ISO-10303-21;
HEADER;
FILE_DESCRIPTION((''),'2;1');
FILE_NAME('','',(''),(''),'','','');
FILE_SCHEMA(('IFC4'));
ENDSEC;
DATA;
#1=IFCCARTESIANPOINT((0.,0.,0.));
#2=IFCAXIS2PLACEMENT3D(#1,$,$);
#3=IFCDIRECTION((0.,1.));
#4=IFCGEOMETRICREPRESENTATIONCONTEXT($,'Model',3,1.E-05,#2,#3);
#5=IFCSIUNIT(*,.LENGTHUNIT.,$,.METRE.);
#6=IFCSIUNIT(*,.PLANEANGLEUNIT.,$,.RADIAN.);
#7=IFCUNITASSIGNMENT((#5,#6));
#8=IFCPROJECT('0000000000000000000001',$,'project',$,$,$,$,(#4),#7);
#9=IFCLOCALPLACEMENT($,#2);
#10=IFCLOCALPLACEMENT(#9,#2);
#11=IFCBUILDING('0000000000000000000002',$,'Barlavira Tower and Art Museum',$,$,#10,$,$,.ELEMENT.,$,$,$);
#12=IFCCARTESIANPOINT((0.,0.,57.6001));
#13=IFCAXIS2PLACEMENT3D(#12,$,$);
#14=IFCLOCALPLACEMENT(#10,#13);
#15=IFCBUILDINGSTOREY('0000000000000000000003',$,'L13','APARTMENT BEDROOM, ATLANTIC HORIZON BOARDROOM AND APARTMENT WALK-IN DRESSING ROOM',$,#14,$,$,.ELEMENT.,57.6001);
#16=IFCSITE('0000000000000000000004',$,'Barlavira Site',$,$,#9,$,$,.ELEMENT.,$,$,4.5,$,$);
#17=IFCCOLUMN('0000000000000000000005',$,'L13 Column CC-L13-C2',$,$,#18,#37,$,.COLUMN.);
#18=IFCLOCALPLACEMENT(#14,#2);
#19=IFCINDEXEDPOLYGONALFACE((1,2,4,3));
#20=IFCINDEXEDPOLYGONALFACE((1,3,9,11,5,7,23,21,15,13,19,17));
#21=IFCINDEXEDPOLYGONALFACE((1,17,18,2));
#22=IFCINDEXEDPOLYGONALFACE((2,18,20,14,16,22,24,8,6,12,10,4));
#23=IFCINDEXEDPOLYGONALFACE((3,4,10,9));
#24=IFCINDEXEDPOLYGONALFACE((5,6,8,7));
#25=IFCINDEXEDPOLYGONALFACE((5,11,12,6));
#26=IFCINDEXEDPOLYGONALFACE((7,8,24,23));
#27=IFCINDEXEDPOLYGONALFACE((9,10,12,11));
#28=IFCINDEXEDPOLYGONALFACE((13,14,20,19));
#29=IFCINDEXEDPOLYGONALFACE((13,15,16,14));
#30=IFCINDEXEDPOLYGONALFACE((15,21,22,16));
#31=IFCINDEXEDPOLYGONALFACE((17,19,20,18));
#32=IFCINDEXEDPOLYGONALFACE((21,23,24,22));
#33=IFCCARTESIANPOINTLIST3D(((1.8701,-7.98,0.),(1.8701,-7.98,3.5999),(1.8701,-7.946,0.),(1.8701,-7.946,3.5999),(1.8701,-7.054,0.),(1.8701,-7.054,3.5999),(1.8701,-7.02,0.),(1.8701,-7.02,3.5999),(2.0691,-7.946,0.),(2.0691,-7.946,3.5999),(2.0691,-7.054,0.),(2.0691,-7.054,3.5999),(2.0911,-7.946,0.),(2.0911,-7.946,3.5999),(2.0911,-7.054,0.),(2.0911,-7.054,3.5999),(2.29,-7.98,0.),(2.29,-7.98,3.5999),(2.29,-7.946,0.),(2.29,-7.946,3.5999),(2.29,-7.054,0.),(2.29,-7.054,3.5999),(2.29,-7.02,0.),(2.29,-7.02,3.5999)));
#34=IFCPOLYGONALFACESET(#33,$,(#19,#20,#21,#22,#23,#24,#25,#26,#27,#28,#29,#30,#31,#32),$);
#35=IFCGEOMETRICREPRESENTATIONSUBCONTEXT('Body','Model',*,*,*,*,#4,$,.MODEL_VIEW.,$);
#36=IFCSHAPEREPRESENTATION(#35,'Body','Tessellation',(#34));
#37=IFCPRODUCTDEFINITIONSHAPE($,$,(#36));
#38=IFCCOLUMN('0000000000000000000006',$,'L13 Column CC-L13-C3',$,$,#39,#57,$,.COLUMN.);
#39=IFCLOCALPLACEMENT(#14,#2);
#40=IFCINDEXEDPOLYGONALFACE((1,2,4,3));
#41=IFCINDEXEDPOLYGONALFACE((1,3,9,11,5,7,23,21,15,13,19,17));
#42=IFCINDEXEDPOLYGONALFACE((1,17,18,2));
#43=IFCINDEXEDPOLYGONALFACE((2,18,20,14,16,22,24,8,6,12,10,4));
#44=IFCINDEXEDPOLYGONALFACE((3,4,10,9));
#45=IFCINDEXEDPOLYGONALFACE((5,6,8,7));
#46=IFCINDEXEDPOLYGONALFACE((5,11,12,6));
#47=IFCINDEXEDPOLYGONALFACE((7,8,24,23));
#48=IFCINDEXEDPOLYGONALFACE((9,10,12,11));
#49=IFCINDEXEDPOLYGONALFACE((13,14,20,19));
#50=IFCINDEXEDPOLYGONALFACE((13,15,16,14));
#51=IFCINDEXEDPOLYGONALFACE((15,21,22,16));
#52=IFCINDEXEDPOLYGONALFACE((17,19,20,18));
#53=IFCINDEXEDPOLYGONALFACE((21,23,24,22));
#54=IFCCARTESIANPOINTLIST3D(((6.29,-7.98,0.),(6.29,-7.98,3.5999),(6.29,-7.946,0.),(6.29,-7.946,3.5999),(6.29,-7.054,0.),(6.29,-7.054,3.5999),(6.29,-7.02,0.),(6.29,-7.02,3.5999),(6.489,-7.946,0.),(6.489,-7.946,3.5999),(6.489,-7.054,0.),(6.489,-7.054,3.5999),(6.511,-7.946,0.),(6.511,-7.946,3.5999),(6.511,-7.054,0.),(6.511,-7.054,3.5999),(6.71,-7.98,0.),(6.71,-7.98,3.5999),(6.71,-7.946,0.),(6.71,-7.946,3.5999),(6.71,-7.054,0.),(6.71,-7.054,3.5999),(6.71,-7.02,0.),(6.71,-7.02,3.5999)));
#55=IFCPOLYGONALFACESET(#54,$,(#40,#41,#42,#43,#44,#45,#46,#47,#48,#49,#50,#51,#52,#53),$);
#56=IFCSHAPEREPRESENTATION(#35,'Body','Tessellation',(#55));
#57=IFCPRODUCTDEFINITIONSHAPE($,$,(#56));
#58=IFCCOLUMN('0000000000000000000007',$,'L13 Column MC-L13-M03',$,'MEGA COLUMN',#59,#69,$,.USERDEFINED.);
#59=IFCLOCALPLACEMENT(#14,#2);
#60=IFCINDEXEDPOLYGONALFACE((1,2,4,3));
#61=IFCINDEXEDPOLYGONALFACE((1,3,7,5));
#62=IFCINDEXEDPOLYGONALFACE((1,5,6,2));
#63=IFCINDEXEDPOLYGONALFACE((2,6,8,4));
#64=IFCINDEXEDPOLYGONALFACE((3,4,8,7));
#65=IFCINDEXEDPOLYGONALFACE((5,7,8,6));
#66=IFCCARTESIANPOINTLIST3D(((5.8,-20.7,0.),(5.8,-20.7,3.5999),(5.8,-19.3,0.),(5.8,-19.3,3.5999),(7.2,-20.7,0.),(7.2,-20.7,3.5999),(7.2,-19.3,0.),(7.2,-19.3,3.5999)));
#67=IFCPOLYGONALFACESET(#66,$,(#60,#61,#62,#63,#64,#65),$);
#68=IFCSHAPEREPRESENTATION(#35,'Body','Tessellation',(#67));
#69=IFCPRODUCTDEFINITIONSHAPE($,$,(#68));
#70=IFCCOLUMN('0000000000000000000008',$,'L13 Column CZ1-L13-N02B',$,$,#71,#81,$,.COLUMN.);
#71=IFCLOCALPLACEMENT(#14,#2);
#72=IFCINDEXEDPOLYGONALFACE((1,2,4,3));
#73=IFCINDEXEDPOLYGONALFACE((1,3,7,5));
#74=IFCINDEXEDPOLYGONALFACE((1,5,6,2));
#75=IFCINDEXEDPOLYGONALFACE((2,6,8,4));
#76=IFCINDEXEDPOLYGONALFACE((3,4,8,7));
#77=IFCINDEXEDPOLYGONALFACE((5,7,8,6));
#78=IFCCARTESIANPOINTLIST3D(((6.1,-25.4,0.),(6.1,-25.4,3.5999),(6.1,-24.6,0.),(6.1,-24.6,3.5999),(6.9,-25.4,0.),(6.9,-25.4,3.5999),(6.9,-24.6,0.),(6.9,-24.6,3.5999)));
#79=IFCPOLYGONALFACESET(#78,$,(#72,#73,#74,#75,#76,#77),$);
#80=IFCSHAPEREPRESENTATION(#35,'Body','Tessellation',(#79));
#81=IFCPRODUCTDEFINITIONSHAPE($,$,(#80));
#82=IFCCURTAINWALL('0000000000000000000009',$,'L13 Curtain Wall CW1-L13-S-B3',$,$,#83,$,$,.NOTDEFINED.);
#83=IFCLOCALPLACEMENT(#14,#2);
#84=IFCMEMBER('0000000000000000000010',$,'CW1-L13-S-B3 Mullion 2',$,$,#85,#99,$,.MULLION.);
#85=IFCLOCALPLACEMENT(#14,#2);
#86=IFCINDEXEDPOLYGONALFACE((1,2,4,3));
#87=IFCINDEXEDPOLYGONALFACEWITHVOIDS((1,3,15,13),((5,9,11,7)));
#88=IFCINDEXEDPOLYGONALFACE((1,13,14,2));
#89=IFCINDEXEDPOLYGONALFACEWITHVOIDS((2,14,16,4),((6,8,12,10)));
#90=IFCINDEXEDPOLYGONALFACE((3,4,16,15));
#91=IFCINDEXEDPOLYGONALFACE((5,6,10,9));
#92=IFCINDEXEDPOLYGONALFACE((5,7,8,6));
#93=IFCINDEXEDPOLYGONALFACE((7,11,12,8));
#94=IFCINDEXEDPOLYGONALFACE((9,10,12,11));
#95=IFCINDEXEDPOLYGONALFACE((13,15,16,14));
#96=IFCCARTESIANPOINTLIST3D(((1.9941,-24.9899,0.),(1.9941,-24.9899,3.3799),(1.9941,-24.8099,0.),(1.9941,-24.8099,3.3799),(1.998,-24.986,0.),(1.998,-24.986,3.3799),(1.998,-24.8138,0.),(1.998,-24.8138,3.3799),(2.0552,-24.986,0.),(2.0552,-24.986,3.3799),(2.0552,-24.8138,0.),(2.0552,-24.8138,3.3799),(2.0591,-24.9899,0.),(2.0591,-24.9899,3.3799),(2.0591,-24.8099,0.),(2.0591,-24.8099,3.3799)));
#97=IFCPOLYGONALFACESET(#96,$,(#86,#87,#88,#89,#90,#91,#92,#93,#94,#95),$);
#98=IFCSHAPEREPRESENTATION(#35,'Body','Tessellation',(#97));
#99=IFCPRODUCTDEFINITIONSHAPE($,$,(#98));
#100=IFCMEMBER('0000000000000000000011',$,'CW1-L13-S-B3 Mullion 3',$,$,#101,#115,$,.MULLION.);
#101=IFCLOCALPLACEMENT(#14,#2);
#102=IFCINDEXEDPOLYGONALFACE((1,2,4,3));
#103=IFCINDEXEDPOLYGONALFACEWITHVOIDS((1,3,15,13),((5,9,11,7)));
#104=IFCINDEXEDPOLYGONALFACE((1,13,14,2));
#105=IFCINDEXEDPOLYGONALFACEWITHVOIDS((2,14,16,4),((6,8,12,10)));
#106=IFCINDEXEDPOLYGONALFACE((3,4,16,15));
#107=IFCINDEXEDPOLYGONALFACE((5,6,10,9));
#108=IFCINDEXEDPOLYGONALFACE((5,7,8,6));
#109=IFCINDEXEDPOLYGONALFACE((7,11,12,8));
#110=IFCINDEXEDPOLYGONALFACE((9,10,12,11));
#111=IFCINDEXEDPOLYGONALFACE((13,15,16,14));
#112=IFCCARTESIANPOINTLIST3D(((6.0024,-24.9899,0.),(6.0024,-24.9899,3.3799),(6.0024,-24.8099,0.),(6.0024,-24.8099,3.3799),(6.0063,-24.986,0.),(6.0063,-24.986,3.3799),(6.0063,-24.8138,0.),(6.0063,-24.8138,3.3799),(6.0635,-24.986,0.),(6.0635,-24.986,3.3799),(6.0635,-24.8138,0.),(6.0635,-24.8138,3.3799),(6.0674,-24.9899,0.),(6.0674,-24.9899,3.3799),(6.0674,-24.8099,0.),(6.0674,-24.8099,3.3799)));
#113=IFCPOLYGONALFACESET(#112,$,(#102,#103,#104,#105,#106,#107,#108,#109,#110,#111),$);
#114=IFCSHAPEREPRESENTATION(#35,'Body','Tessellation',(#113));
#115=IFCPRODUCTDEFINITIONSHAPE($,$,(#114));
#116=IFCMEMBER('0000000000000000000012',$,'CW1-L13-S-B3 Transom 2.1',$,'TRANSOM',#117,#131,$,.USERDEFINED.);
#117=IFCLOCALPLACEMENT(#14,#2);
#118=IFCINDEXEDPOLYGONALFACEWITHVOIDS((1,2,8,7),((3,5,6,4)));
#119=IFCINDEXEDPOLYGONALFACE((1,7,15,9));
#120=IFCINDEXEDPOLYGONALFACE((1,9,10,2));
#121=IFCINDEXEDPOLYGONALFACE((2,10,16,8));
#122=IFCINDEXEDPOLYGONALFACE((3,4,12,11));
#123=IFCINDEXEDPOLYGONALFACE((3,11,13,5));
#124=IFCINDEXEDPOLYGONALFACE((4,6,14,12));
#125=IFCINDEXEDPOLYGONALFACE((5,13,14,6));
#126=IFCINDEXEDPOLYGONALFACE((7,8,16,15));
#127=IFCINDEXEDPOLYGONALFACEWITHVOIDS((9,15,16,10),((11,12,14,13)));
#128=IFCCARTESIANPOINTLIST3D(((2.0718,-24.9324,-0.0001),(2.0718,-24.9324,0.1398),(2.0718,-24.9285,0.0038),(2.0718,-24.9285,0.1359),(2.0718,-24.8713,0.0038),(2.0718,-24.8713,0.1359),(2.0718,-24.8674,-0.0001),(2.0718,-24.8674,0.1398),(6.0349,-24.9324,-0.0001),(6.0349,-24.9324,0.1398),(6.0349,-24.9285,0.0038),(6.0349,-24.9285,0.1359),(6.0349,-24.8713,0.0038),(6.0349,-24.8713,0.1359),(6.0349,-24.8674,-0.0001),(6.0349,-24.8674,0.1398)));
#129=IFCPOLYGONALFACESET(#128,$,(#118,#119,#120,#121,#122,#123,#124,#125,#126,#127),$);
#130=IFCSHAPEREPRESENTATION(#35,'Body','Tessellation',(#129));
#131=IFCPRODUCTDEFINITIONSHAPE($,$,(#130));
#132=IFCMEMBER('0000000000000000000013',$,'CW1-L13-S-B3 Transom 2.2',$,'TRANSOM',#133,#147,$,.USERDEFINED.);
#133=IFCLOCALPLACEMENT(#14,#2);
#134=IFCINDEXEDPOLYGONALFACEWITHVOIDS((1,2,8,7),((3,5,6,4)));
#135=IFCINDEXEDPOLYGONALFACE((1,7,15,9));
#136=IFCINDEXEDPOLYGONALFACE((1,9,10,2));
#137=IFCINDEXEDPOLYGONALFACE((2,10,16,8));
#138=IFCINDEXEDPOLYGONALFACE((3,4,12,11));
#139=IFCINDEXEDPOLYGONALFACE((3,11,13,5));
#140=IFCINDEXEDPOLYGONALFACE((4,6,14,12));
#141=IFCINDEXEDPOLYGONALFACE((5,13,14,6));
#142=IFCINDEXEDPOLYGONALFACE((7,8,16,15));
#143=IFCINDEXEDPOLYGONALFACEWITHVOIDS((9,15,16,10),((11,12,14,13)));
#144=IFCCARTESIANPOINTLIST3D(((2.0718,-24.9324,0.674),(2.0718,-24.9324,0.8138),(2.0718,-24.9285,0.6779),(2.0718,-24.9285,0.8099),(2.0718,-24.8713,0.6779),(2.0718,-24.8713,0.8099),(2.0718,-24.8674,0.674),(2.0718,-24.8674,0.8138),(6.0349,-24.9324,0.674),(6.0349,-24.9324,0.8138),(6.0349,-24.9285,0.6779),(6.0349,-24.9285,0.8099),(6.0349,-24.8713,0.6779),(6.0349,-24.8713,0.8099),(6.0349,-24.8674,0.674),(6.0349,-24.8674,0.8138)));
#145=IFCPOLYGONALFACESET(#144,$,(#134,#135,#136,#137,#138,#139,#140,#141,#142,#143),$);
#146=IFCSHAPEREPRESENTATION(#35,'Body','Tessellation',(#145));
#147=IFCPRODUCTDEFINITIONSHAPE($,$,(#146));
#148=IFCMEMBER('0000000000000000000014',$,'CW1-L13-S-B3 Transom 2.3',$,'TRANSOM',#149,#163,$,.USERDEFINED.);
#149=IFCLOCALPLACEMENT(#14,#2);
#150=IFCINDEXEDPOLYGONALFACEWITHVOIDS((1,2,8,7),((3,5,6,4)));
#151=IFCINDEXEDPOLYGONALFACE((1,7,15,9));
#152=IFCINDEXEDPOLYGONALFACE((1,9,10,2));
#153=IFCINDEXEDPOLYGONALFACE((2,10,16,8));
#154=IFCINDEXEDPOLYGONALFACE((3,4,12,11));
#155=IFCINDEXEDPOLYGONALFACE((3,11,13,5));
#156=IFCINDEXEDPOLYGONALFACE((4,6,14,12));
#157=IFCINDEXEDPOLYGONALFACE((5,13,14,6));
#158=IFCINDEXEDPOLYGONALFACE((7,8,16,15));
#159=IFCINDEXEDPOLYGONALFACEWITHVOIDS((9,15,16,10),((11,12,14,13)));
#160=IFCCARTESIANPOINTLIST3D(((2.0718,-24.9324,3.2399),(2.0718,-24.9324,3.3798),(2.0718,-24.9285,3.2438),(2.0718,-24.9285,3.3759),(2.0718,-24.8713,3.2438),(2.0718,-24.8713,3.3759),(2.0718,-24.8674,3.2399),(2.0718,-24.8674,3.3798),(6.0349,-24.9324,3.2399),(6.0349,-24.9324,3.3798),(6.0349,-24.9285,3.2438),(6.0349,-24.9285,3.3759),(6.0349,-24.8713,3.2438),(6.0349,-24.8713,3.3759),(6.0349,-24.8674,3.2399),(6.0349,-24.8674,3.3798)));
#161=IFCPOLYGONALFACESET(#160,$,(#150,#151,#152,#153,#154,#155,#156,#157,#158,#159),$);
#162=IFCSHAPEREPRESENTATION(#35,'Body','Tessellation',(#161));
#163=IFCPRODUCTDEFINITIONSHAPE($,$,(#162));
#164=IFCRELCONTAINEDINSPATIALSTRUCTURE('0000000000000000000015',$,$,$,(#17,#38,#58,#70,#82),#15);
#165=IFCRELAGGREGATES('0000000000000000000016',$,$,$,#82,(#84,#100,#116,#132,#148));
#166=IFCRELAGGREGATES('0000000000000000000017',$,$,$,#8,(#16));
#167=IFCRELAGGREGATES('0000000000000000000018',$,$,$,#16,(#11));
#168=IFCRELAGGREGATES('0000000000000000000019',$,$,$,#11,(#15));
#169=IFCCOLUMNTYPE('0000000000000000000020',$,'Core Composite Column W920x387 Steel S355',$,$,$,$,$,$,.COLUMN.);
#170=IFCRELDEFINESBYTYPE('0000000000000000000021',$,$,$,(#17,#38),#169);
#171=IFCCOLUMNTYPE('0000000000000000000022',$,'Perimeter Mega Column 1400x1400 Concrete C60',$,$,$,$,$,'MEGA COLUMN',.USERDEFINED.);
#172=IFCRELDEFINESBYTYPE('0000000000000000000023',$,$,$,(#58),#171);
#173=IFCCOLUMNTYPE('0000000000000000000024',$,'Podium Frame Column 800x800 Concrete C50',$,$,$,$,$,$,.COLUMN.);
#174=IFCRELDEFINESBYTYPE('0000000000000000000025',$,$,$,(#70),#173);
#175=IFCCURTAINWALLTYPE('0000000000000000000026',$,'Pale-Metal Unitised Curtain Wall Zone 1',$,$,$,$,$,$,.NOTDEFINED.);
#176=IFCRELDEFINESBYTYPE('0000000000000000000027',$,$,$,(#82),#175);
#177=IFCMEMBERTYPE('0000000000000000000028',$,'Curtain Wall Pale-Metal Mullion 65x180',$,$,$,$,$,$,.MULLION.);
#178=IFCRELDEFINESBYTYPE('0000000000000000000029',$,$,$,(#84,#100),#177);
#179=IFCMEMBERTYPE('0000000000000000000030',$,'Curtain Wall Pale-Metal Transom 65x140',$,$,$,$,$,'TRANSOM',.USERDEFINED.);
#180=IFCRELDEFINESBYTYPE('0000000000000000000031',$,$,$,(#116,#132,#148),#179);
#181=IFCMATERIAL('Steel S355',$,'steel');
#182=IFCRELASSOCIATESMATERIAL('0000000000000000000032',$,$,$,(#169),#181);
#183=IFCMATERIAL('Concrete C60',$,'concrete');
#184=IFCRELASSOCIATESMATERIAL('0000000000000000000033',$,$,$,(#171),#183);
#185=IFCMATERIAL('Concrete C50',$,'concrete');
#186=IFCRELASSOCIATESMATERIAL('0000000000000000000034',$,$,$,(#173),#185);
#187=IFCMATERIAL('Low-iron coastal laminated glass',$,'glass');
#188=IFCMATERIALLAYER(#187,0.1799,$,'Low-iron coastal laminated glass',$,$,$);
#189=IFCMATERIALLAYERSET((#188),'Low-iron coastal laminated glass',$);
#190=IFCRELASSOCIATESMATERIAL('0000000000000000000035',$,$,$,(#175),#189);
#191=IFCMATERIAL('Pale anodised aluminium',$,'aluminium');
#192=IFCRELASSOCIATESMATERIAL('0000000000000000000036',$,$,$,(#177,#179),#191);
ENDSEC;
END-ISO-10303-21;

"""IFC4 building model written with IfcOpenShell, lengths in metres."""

from ifc_helpers import new_model, si_unit, direction, frame, origin, origin_2d, place, context, subcontext, project, spatial, rectangle, hollow_rectangle, i_section, extrude, material, layer, layer_set, material_profile, profile_set, type_object, element, aggregate, save


model = new_model("IFC4")

# Units and contexts
model_context = context("Model", 3, precision=1e-05, world=origin(), true_north=direction((0.0, 1.0)))
body_context = subcontext(model_context, "Body", "Model", "MODEL_VIEW")
ifc_project = project(units=[si_unit("LENGTHUNIT", "METRE"), si_unit("PLANEANGLEUNIT", "RADIAN")], contexts=[model_context])

# Site, building, storey
site_placement = place(None, origin())
site = spatial("IfcSite", under=ifc_project, at=site_placement, Name="Barlavira Site", CompositionType="ELEMENT", RefElevation=4.5)
building_placement = place(site_placement, origin())
building = spatial("IfcBuilding", under=site, at=building_placement, Name="Barlavira Tower and Art Museum", CompositionType="ELEMENT")
storey_placement = place(building_placement, frame((0.0, 0.0, 57.6001)))
storey = spatial("IfcBuildingStorey", under=building, at=storey_placement, Name="L13", Description="APARTMENT BEDROOM, ATLANTIC HORIZON BOARDROOM AND APARTMENT WALK-IN DRESSING ROOM", CompositionType="ELEMENT", Elevation=57.6001)

# Columns
ifc_material_1 = material(Name="Steel S355", Category="steel")
ifc_material_profile_1 = material_profile(ifc_material_1, i_section(OverallWidth=0.4199, OverallDepth=0.96, WebThickness=0.022, FlangeThickness=0.0339, at=origin_2d()), Name="W920x387.0")
ifc_profile_set_1 = profile_set([ifc_material_profile_1], Name="Steel S355")
column_type_1 = type_object("IfcColumnType", Name="Core Composite Column W920x387 Steel S355", PredefinedType="COLUMN", material=ifc_profile_set_1)
for number, where, z_axis, x_axis, name in (
    (1, (2.0801, -7.5, 0.0), (0.0, 0.0, 1.0), (1.0, 0.0, 0.0), "L13 Column CC-L13-C2"),
    (2, (6.5, -7.5, 0.0), (0.0, 0.0, 1.0), (1.0, 0.0, 0.0), "L13 Column CC-L13-C3"),
):
    element("IfcColumn", number, at=place(storey_placement, frame(where, z_axis=z_axis, x_axis=x_axis)), inside=storey, type_object=column_type_1, Name=name, PredefinedType="COLUMN", context=body_context, shape_type="SweptSolid", body=[
        extrude(i_section(OverallWidth=0.4199, OverallDepth=0.96, WebThickness=0.022, FlangeThickness=0.0339, at=origin_2d()), origin(), (0.0, 0.0, 1.0), 3.5999),
    ])
ifc_material_2 = material(Name="Concrete C60", Category="concrete")
ifc_material_profile_2 = material_profile(ifc_material_2, rectangle(XDim=1.3999, YDim=1.3999, at=origin_2d()), Name="RC-MCOL 1400x1400")
ifc_profile_set_2 = profile_set([ifc_material_profile_2], Name="Concrete C60")
column_type_2 = type_object("IfcColumnType", Name="Perimeter Mega Column 1400x1400 Concrete C60", ElementType="MEGA COLUMN", PredefinedType="USERDEFINED", material=ifc_profile_set_2)
column_1_placement = place(storey_placement, frame((6.5, -20.0, 0.0), z_axis=(0.0, 0.0, 1.0), x_axis=(1.0, 0.0, 0.0)))
element("IfcColumn", 3, at=column_1_placement, inside=storey, type_object=column_type_2, Name="L13 Column MC-L13-M03", ObjectType="MEGA COLUMN", PredefinedType="USERDEFINED", context=body_context, shape_type="SweptSolid", body=[
    extrude(rectangle(XDim=1.3999, YDim=1.3999, at=origin_2d()), origin(), (0.0, 0.0, 1.0), 3.5999),
])
ifc_material_3 = material(Name="Concrete C50", Category="concrete")
ifc_material_profile_3 = material_profile(ifc_material_3, rectangle(XDim=0.8, YDim=0.8, at=origin_2d()), Name="RC-COL 800x800")
ifc_profile_set_3 = profile_set([ifc_material_profile_3], Name="Concrete C50")
column_type_3 = type_object("IfcColumnType", Name="Podium Frame Column 800x800 Concrete C50", PredefinedType="COLUMN", material=ifc_profile_set_3)
column_2_placement = place(storey_placement, frame((6.5, -25.0, 0.0), z_axis=(0.0, 0.0, 1.0), x_axis=(1.0, 0.0, 0.0)))
element("IfcColumn", 4, at=column_2_placement, inside=storey, type_object=column_type_3, Name="L13 Column CZ1-L13-N02B", PredefinedType="COLUMN", context=body_context, shape_type="SweptSolid", body=[
    extrude(rectangle(XDim=0.8, YDim=0.8, at=origin_2d()), origin(), (0.0, 0.0, 1.0), 3.5999),
])

# Curtain wall, members
ifc_material_4 = material(Name="Low-iron coastal laminated glass", Category="glass")
ifc_layer_1 = layer(ifc_material_4, 0.1799, Name="Low-iron coastal laminated glass")
ifc_layer_set_1 = layer_set([ifc_layer_1], Name="Low-iron coastal laminated glass")
curtain_wall_type = type_object("IfcCurtainWallType", Name="Pale-Metal Unitised Curtain Wall Zone 1", PredefinedType="NOTDEFINED", material=ifc_layer_set_1)
curtain_wall_placement = place(storey_placement, origin())
curtain_wall = element("IfcCurtainWall", 5, at=curtain_wall_placement, inside=storey, type_object=curtain_wall_type, Name="L13 Curtain Wall CW1-L13-S-B3", PredefinedType="NOTDEFINED")
ifc_material_5 = material(Name="Pale anodised aluminium", Category="aluminium")
ifc_material_profile_4 = material_profile(ifc_material_5, hollow_rectangle(XDim=0.0649, YDim=0.1799, WallThickness=0.0039, at=origin_2d()), Name="ALU-MULL 65x180x4")
ifc_profile_set_4 = profile_set([ifc_material_profile_4], Name="Pale anodised aluminium")
member_type_1 = type_object("IfcMemberType", Name="Curtain Wall Pale-Metal Mullion 65x180", PredefinedType="MULLION", material=ifc_profile_set_4)
member_1_placement = place(storey_placement, frame((2.0266, -24.8999, 0.0), z_axis=(0.0, 0.0, 1.0), x_axis=(1.0, 0.0, 0.0)))
member_1 = element("IfcMember", 6, at=member_1_placement, type_object=member_type_1, Name="CW1-L13-S-B3 Mullion 2", PredefinedType="MULLION", context=body_context, shape_type="SweptSolid", body=[
    extrude(hollow_rectangle(XDim=0.0649, YDim=0.1799, WallThickness=0.0039, at=origin_2d()), origin(), (0.0, 0.0, 1.0), 3.3799),
])
member_2_placement = place(storey_placement, frame((6.0349, -24.8999, 0.0), z_axis=(0.0, 0.0, 1.0), x_axis=(1.0, 0.0, 0.0)))
member_2 = element("IfcMember", 7, at=member_2_placement, type_object=member_type_1, Name="CW1-L13-S-B3 Mullion 3", PredefinedType="MULLION", context=body_context, shape_type="SweptSolid", body=[
    extrude(hollow_rectangle(XDim=0.0649, YDim=0.1799, WallThickness=0.0039, at=origin_2d()), origin(), (0.0, 0.0, 1.0), 3.3799),
])
ifc_material_profile_5 = material_profile(ifc_material_5, hollow_rectangle(XDim=0.0649, YDim=0.1399, WallThickness=0.0039, at=origin_2d()), Name="ALU-TRAN 65x140x4")
ifc_profile_set_5 = profile_set([ifc_material_profile_5], Name="Pale anodised aluminium")
member_type_2 = type_object("IfcMemberType", Name="Curtain Wall Pale-Metal Transom 65x140", ElementType="TRANSOM", PredefinedType="USERDEFINED", material=ifc_profile_set_5)
member_3_placement = place(storey_placement, frame((2.0718, -24.8999, 0.0698), z_axis=(1.0, 0.0, 0.0), x_axis=(0.0, 1.0, 0.0)))
member_3 = element("IfcMember", 8, at=member_3_placement, type_object=member_type_2, Name="CW1-L13-S-B3 Transom 2.1", ObjectType="TRANSOM", PredefinedType="USERDEFINED", context=body_context, shape_type="SweptSolid", body=[
    extrude(hollow_rectangle(XDim=0.0649, YDim=0.1399, WallThickness=0.0039, at=origin_2d()), origin(), (0.0, 0.0, 1.0), 3.9631),
])
member_4_placement = place(storey_placement, frame((2.0718, -24.8999, 0.7439), z_axis=(1.0, 0.0, 0.0), x_axis=(0.0, 1.0, 0.0)))
member_4 = element("IfcMember", 9, at=member_4_placement, type_object=member_type_2, Name="CW1-L13-S-B3 Transom 2.2", ObjectType="TRANSOM", PredefinedType="USERDEFINED", context=body_context, shape_type="SweptSolid", body=[
    extrude(hollow_rectangle(XDim=0.0649, YDim=0.1399, WallThickness=0.0039, at=origin_2d()), origin(), (0.0, 0.0, 1.0), 3.9631),
])
member_5_placement = place(storey_placement, frame((2.0718, -24.8999, 3.3098), z_axis=(1.0, 0.0, 0.0), x_axis=(0.0, 1.0, 0.0)))
member_5 = element("IfcMember", 10, at=member_5_placement, type_object=member_type_2, Name="CW1-L13-S-B3 Transom 2.3", ObjectType="TRANSOM", PredefinedType="USERDEFINED", context=body_context, shape_type="SweptSolid", body=[
    extrude(hollow_rectangle(XDim=0.0649, YDim=0.1399, WallThickness=0.0039, at=origin_2d()), origin(), (0.0, 0.0, 1.0), 3.9631),
])

aggregate(curtain_wall, [member_1, member_2, member_3, member_4, member_5])

save(model, "model.ifc")
